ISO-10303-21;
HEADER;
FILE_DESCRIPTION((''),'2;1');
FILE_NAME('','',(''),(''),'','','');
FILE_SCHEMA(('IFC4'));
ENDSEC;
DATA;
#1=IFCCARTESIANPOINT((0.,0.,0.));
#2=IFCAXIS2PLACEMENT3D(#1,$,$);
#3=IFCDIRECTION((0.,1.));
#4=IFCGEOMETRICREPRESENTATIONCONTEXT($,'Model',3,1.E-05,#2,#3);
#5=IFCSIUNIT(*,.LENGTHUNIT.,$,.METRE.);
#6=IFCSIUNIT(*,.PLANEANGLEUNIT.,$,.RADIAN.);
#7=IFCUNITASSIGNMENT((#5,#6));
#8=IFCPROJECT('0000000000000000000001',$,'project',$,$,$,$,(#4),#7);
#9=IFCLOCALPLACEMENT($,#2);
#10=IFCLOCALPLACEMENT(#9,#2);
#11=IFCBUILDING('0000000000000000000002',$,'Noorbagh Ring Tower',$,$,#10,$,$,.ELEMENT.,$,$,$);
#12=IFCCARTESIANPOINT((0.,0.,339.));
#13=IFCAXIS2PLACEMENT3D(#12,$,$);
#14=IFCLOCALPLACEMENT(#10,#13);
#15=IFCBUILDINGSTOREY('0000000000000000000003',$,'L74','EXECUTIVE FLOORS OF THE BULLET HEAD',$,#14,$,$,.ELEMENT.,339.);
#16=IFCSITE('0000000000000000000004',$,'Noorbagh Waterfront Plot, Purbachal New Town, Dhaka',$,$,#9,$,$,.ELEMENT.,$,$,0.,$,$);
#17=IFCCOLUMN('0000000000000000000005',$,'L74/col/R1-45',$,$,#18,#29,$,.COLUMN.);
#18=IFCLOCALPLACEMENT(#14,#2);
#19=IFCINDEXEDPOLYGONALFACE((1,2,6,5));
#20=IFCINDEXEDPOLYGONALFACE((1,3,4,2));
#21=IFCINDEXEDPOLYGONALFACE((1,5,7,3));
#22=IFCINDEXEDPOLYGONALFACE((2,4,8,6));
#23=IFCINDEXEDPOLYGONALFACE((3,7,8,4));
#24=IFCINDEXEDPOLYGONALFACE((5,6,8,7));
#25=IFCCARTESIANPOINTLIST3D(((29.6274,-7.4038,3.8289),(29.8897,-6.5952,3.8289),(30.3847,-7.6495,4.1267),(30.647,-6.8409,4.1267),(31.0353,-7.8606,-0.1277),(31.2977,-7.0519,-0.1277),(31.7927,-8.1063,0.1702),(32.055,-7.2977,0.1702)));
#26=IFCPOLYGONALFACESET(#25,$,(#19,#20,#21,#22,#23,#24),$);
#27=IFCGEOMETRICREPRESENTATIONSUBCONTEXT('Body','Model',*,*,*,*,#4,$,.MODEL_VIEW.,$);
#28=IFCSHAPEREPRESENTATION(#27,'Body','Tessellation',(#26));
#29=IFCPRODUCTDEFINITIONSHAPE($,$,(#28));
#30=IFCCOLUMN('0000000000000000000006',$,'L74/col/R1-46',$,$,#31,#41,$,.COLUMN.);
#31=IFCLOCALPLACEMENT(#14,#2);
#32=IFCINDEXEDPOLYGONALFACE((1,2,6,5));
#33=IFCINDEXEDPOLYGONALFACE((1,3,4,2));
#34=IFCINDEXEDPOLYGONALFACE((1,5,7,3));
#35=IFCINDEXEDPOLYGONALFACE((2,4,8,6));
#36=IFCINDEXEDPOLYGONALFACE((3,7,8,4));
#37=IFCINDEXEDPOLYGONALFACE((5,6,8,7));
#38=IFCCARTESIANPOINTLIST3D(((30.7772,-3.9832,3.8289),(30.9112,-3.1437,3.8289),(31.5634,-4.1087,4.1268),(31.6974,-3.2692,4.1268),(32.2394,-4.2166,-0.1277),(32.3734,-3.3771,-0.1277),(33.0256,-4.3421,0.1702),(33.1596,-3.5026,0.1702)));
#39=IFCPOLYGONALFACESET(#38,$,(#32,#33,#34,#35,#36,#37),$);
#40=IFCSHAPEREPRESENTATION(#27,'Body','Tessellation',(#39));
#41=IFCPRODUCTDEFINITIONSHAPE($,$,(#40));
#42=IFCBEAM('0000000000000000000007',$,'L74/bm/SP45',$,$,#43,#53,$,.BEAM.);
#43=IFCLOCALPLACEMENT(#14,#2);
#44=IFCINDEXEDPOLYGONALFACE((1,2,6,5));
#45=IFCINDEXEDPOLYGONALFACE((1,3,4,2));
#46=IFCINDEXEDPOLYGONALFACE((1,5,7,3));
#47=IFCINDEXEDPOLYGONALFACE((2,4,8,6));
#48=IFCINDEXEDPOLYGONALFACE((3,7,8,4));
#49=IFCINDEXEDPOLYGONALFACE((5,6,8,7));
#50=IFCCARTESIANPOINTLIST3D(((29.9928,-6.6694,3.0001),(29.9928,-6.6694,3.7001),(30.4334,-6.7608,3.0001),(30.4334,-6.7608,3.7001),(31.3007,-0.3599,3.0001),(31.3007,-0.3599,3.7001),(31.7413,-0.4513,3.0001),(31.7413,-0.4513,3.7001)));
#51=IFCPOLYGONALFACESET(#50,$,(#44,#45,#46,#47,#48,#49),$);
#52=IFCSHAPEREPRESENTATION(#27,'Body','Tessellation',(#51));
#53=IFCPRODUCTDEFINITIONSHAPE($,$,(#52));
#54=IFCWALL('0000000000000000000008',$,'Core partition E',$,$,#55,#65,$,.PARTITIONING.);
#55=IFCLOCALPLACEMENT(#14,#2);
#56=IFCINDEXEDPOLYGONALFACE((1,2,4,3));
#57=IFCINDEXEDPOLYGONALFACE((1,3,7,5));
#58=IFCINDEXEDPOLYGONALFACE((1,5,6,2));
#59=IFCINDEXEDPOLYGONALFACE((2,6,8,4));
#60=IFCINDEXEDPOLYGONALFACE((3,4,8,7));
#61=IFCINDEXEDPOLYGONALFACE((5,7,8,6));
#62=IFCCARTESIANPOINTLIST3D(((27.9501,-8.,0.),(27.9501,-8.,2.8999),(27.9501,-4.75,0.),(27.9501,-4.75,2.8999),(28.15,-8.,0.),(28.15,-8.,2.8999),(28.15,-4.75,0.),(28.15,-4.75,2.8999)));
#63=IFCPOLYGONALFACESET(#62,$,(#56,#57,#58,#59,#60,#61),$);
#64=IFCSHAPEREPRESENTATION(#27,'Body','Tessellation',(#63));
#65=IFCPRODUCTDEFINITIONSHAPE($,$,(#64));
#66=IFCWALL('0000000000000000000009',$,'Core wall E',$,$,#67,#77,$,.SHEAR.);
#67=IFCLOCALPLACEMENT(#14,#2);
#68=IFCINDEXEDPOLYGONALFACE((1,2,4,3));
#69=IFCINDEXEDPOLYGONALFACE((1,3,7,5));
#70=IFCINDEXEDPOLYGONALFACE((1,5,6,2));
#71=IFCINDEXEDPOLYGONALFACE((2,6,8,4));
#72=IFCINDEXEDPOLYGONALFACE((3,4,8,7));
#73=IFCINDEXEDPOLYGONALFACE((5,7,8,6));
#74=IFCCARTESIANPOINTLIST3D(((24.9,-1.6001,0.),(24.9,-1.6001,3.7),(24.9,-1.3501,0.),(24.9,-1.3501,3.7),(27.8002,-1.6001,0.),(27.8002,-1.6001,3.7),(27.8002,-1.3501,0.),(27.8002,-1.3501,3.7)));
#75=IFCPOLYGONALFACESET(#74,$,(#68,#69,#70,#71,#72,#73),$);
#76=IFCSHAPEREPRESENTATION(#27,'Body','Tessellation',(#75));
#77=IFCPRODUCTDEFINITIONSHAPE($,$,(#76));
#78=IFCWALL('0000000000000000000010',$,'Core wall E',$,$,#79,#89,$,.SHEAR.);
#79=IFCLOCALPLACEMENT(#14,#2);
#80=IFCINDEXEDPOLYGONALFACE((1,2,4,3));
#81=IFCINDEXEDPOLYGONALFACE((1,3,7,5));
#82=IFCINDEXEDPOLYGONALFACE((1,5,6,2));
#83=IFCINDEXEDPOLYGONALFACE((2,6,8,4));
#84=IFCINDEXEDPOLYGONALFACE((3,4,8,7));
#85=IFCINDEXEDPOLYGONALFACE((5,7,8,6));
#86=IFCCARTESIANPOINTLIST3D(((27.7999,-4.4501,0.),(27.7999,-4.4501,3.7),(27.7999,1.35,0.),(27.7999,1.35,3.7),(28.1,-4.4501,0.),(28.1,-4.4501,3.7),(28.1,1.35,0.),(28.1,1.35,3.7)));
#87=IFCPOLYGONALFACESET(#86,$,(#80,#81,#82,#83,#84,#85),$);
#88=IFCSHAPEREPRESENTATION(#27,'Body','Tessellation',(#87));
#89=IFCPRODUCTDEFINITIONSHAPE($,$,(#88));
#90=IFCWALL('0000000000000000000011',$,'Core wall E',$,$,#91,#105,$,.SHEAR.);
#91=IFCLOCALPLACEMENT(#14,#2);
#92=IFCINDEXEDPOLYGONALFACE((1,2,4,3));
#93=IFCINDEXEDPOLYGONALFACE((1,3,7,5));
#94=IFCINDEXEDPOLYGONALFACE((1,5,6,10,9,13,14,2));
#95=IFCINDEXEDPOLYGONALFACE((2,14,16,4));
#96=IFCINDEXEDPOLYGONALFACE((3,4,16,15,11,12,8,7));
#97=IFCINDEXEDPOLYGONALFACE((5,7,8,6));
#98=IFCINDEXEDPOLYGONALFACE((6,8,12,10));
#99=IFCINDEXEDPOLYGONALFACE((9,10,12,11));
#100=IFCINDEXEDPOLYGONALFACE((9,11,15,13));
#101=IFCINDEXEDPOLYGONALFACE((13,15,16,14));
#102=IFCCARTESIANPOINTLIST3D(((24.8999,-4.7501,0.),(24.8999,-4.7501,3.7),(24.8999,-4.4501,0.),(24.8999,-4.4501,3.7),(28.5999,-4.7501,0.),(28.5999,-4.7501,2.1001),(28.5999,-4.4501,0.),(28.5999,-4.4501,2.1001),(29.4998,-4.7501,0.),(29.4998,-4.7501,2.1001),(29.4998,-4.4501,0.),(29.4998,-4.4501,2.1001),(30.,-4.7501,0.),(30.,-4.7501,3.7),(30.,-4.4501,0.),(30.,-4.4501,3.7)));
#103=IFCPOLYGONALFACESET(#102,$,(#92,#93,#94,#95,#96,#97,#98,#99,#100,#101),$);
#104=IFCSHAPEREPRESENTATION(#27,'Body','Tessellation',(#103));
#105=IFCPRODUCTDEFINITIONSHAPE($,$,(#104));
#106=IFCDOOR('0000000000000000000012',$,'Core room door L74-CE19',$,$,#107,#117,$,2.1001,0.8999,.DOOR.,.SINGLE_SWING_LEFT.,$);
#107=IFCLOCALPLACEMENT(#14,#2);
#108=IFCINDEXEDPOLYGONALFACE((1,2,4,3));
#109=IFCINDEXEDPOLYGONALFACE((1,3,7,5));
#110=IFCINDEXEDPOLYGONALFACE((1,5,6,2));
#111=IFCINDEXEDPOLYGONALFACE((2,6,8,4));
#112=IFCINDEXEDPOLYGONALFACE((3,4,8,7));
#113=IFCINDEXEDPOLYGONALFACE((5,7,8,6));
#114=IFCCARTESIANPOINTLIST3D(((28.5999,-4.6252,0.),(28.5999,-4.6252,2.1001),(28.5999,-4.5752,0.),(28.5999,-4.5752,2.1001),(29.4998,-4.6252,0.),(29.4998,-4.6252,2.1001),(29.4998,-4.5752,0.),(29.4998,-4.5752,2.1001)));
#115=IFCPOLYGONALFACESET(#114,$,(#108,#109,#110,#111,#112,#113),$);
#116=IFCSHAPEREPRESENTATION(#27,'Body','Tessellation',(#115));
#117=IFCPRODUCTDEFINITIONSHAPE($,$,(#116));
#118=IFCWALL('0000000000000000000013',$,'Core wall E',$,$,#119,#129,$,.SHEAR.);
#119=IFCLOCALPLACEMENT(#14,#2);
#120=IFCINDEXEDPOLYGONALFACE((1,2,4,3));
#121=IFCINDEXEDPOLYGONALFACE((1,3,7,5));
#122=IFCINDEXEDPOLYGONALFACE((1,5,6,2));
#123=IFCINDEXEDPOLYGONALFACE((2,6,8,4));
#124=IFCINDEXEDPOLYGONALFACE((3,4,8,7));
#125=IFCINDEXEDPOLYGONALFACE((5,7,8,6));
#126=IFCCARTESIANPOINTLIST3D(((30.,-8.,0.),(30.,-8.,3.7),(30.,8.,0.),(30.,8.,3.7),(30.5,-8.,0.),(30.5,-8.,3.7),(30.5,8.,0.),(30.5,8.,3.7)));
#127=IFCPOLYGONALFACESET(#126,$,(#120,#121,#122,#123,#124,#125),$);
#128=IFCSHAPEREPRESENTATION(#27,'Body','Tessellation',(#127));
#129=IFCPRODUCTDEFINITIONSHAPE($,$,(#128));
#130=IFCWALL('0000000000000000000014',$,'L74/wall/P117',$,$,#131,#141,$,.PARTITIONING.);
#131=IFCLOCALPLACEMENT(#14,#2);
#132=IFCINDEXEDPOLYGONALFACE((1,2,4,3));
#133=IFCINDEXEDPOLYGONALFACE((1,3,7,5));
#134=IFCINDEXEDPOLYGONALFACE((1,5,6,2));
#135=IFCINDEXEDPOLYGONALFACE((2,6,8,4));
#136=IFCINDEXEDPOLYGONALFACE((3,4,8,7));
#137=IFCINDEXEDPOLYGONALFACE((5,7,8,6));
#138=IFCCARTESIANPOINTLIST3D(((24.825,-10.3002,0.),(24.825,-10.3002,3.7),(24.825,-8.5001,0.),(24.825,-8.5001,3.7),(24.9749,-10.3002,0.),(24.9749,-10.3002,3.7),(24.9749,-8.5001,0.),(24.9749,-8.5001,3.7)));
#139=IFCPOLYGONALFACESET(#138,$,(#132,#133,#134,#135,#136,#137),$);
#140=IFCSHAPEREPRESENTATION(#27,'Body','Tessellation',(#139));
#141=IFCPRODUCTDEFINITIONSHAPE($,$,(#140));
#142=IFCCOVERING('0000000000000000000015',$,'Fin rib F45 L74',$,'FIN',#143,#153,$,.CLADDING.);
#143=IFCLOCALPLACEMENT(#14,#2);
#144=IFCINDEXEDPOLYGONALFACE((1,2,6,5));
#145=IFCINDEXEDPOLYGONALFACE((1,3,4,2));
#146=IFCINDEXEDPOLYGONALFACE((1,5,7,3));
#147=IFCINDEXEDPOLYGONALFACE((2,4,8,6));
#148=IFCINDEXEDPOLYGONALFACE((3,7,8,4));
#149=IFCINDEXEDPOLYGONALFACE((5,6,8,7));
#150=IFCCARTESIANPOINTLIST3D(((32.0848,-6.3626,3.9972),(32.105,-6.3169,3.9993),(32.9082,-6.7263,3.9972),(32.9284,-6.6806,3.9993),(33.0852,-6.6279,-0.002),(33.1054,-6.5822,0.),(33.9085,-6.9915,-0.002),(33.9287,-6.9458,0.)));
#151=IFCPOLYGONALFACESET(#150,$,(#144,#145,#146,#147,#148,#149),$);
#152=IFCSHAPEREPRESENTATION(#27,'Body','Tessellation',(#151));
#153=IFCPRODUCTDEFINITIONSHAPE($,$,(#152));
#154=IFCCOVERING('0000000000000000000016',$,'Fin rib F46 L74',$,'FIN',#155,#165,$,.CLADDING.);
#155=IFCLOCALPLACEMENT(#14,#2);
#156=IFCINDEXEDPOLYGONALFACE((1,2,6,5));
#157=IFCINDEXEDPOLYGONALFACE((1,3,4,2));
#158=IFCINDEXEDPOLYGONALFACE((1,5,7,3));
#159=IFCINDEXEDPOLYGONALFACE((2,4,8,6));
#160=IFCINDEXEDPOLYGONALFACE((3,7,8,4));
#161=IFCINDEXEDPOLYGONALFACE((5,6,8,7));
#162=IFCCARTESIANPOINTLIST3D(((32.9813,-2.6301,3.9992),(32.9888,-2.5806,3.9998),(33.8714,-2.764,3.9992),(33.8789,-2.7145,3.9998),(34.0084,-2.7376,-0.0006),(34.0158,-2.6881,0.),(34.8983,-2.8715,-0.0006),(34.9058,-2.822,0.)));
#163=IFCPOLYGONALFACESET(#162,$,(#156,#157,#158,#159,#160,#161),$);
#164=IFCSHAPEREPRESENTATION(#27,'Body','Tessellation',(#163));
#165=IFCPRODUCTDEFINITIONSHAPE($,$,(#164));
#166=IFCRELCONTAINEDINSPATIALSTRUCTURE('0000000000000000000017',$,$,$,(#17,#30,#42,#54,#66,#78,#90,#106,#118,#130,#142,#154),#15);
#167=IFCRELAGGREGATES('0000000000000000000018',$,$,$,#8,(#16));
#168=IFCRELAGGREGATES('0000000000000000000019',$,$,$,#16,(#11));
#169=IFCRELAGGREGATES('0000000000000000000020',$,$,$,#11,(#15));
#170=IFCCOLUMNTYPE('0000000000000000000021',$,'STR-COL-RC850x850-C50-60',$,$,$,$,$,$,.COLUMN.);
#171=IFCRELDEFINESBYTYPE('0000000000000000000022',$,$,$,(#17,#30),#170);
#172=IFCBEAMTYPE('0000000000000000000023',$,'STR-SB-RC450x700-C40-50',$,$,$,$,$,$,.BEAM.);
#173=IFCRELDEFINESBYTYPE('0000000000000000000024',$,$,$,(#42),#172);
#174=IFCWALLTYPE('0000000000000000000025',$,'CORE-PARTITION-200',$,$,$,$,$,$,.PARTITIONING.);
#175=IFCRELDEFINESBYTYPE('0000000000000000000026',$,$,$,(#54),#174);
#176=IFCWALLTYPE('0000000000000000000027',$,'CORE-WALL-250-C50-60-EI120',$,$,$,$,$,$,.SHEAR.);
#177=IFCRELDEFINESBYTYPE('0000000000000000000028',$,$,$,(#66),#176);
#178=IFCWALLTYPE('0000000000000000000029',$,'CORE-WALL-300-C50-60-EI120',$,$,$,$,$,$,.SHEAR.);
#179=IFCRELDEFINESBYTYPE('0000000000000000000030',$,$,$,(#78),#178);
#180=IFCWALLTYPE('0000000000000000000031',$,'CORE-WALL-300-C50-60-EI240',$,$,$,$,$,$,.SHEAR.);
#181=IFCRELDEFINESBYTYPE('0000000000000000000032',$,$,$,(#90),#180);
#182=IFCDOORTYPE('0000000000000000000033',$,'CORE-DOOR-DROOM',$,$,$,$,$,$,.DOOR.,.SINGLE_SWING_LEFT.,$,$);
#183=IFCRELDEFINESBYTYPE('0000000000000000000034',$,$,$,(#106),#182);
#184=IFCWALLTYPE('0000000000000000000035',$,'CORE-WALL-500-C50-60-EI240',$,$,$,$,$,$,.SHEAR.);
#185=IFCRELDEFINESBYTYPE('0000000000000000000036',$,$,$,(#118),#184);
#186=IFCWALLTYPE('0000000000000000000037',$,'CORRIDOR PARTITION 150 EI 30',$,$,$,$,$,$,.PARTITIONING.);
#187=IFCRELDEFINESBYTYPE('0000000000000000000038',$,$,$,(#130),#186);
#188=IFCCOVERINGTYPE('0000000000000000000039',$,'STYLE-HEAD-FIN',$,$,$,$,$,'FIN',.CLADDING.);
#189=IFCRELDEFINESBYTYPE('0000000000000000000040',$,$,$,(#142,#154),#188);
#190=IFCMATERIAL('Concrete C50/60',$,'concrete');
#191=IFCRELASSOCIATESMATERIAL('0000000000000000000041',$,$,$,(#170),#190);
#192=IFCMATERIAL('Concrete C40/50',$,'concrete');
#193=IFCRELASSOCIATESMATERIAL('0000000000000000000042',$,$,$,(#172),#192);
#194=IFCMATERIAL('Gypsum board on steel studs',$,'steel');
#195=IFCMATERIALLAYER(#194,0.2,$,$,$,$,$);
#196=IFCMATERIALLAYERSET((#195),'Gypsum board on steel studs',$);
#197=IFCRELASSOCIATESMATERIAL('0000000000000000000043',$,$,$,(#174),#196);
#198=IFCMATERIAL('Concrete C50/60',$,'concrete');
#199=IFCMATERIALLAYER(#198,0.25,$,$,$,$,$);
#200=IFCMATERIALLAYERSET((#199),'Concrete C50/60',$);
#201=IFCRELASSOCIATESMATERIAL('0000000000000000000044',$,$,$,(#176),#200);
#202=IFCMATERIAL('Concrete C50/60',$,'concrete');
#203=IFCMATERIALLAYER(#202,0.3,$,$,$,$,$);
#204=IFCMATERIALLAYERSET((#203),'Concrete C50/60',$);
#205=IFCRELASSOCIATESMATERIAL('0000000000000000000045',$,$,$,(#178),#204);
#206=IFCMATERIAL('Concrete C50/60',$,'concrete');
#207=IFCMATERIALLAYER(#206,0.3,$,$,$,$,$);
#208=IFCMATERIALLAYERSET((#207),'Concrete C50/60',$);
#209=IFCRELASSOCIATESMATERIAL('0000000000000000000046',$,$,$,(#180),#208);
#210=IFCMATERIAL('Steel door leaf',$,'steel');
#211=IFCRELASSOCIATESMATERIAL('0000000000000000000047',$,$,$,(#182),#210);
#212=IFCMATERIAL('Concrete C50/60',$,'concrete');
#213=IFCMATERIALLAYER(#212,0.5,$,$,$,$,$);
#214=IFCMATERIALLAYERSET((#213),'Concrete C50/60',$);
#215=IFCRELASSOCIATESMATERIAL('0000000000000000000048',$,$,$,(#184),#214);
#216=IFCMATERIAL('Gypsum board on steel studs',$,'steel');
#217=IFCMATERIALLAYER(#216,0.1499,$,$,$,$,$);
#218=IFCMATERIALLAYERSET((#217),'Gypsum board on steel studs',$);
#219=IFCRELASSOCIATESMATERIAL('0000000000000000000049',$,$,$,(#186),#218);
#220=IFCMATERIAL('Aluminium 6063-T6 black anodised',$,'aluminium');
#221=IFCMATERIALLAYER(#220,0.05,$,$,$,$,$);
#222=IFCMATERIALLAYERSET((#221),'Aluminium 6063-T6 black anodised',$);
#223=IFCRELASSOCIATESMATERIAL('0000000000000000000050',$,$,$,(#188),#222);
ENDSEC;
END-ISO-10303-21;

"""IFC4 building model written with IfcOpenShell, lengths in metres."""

from ifc_helpers import new_model, si_unit, direction, frame, frame_2d, origin, origin_2d, place, context, subcontext, project, spatial, polyline, rectangle, outline, extrude, material, layer, layer_set, material_profile, profile_set, type_object, element, fill, save


model = new_model("IFC4")

# Units and contexts
model_context = context("Model", 3, precision=1e-05, world=origin(), true_north=direction((0.0, 1.0)))
body_context = subcontext(model_context, "Body", "Model", "MODEL_VIEW")
ifc_project = project(units=[si_unit("LENGTHUNIT", "METRE"), si_unit("PLANEANGLEUNIT", "RADIAN")], contexts=[model_context])

# Site, building, storey
site_placement = place(None, origin())
site = spatial("IfcSite", under=ifc_project, at=site_placement, Name="Noorbagh Waterfront Plot, Purbachal New Town, Dhaka", CompositionType="ELEMENT", RefElevation=0.0)
building_placement = place(site_placement, origin())
building = spatial("IfcBuilding", under=site, at=building_placement, Name="Noorbagh Ring Tower", CompositionType="ELEMENT")
storey_placement = place(building_placement, frame((0.0, 0.0, 339.0)))
storey = spatial("IfcBuildingStorey", under=building, at=storey_placement, Name="L74", Description="EXECUTIVE FLOORS OF THE BULLET HEAD", CompositionType="ELEMENT", Elevation=339.0)

# Columns
ifc_material_1 = material(Name="Concrete C50/60", Category="concrete")
ifc_material_profile_1 = material_profile(ifc_material_1, rectangle(XDim=0.8501, YDim=0.8501, at=origin_2d()), Name="RC850x850")
ifc_profile_set_1 = profile_set([ifc_material_profile_1], Name="Concrete C50/60")
column_type = type_object("IfcColumnType", Name="STR-COL-RC850x850-C50-60", PredefinedType="COLUMN", material=ifc_profile_set_1)
column_1_placement = place(storey_placement, frame((31.5452, -7.5791, 0.0212), z_axis=(-0.333295, 0.108132, 0.936601), x_axis=(-0.308597, -0.951193, 0.0)))
element("IfcColumn", 1, at=column_1_placement, inside=storey, type_object=column_type, Name="L74/col/R1-45", PredefinedType="COLUMN", context=body_context, shape_type="SweptSolid", body=[
    extrude(rectangle(XDim=0.8501, YDim=0.8501, at=origin_2d()), origin(), (0.0, 0.0, 1.0), 4.2244),
])
column_2_placement = place(storey_placement, frame((32.6995, -3.8596, 0.0212), z_axis=(-0.346112, 0.055248, 0.936565), x_axis=(-0.15763, -0.987498, 0.0)))
element("IfcColumn", 2, at=column_2_placement, inside=storey, type_object=column_type, Name="L74/col/R1-46", PredefinedType="COLUMN", context=body_context, shape_type="SweptSolid", body=[
    extrude(rectangle(XDim=0.8501, YDim=0.8501, at=origin_2d()), origin(), (0.0, 0.0, 1.0), 4.2246),
])

# Beam
ifc_material_2 = material(Name="Concrete C40/50", Category="concrete")
ifc_material_profile_2 = material_profile(ifc_material_2, rectangle(XDim=0.45, YDim=0.7, at=origin_2d()), Name="RC450x700")
ifc_profile_set_2 = profile_set([ifc_material_profile_2], Name="Concrete C40/50")
beam_type = type_object("IfcBeamType", Name="STR-SB-RC450x700-C40-50", PredefinedType="BEAM", material=ifc_profile_set_2)
beam_placement = place(storey_placement, frame((30.2131, -6.7151, 3.3501), z_axis=(0.202968, 0.979185, 0.0), x_axis=(-0.979185, 0.202968, 0.0)))
element("IfcBeam", 3, at=beam_placement, inside=storey, type_object=beam_type, Name="L74/bm/SP45", PredefinedType="BEAM", context=body_context, shape_type="SweptSolid", body=[
    extrude(rectangle(XDim=0.45, YDim=0.7, at=origin_2d()), origin(), (0.0, 0.0, 1.0), 6.4436),
])

# Walls
ifc_material_3 = material(Name="Gypsum board on steel studs", Category="steel")
ifc_layer_1 = layer(ifc_material_3, 0.2)
ifc_layer_set_1 = layer_set([ifc_layer_1], Name="Gypsum board on steel studs")
wall_type_1 = type_object("IfcWallType", Name="CORE-PARTITION-200", PredefinedType="PARTITIONING", material=ifc_layer_set_1)
wall_1_placement = place(storey_placement, frame((28.05, -8.0, 0.0), z_axis=(0.0, 0.0, 1.0), x_axis=(0.0, 1.0, 0.0)))
element("IfcWall", 4, at=wall_1_placement, inside=storey, type_object=wall_type_1, Name="Core partition E", PredefinedType="PARTITIONING", context=body_context, shape_type="SweptSolid", body=[
    extrude(rectangle(XDim=3.25, YDim=0.2, at=frame_2d((1.625, 0.0))), origin(), (0.0, 0.0, 1.0), 2.8999),
])
ifc_material_4 = material(Name="Concrete C50/60", Category="concrete")
ifc_layer_2 = layer(ifc_material_4, 0.25)
ifc_layer_set_2 = layer_set([ifc_layer_2], Name="Concrete C50/60")
wall_type_2 = type_object("IfcWallType", Name="CORE-WALL-250-C50-60-EI120", PredefinedType="SHEAR", material=ifc_layer_set_2)
wall_2_placement = place(storey_placement, frame((24.8999, -1.4751, 0.0), z_axis=(0.0, 0.0, 1.0), x_axis=(1.0, 0.0, 0.0)))
element("IfcWall", 5, at=wall_2_placement, inside=storey, type_object=wall_type_2, Name="Core wall E", PredefinedType="SHEAR", context=body_context, shape_type="SweptSolid", body=[
    extrude(rectangle(XDim=2.9001, YDim=0.25, at=frame_2d((1.4502, 0.0))), origin(), (0.0, 0.0, 1.0), 3.7),
])
ifc_material_5 = material(Name="Concrete C50/60", Category="concrete")
ifc_layer_3 = layer(ifc_material_5, 0.3)
ifc_layer_set_3 = layer_set([ifc_layer_3], Name="Concrete C50/60")
wall_type_3 = type_object("IfcWallType", Name="CORE-WALL-300-C50-60-EI120", PredefinedType="SHEAR", material=ifc_layer_set_3)
wall_3_placement = place(storey_placement, frame((27.95, -4.45, 0.0), z_axis=(0.0, 0.0, 1.0), x_axis=(0.0, 1.0, 0.0)))
element("IfcWall", 6, at=wall_3_placement, inside=storey, type_object=wall_type_3, Name="Core wall E", PredefinedType="SHEAR", context=body_context, shape_type="SweptSolid", body=[
    extrude(rectangle(XDim=5.8, YDim=0.3, at=frame_2d((2.8999, 0.0))), origin(), (0.0, 0.0, 1.0), 3.7),
])

# Wall, opening, door
ifc_material_6 = material(Name="Concrete C50/60", Category="concrete")
ifc_layer_4 = layer(ifc_material_6, 0.3)
ifc_layer_set_4 = layer_set([ifc_layer_4], Name="Concrete C50/60")
wall_type_4 = type_object("IfcWallType", Name="CORE-WALL-300-C50-60-EI240", PredefinedType="SHEAR", material=ifc_layer_set_4)
wall_4_placement = place(storey_placement, frame((24.8999, -4.6001, 0.0), z_axis=(0.0, 0.0, 1.0), x_axis=(1.0, 0.0, 0.0)))
wall_4 = element("IfcWall", 7, at=wall_4_placement, inside=storey, type_object=wall_type_4, Name="Core wall E", PredefinedType="SHEAR", context=body_context, shape_type="SweptSolid", body=[
    extrude(rectangle(XDim=5.1001, YDim=0.3, at=frame_2d((2.55, 0.0))), origin(), (0.0, 0.0, 1.0), 3.7),
])
opening_placement = place(wall_4_placement, frame((3.7, 0.0, 0.0)))
opening = element("IfcOpeningElement", 8, at=opening_placement, cuts=wall_4, PredefinedType="OPENING", context=body_context, shape_type="SweptSolid", body=[
    extrude(rectangle(XDim=0.8999, YDim=2.1001, at=frame_2d((0.45, 1.05))), frame((0.0, 0.1602, 0.0), z_axis=(0.0, -1.0, 0.0), x_axis=(1.0, 0.0, 0.0)), (0.0, 0.0, 1.0), 0.3201),
])
ifc_material_7 = material(Name="Steel door leaf", Category="steel")
door_type = type_object("IfcDoorType", Name="CORE-DOOR-DROOM", OperationType="SINGLE_SWING_LEFT", PredefinedType="DOOR", material=ifc_material_7)
door_placement = place(opening_placement, origin())
door = element("IfcDoor", 9, at=door_placement, inside=storey, type_object=door_type, Name="Core room door L74-CE19", OperationType="SINGLE_SWING_LEFT", OverallHeight=2.1001, OverallWidth=0.8999, PredefinedType="DOOR", context=body_context, shape_type="SweptSolid", body=[
    extrude(rectangle(XDim=0.8999, YDim=2.1001, at=frame_2d((0.45, 1.05))), frame((0.0, 0.0249, 0.0), z_axis=(0.0, -1.0, 0.0), x_axis=(1.0, 0.0, 0.0)), (0.0, 0.0, 1.0), 0.05),
])
fill(opening, door)

# Walls
ifc_material_8 = material(Name="Concrete C50/60", Category="concrete")
ifc_layer_5 = layer(ifc_material_8, 0.5)
ifc_layer_set_5 = layer_set([ifc_layer_5], Name="Concrete C50/60")
wall_type_5 = type_object("IfcWallType", Name="CORE-WALL-500-C50-60-EI240", PredefinedType="SHEAR", material=ifc_layer_set_5)
wall_5_placement = place(storey_placement, frame((30.25, -8.0, 0.0), z_axis=(0.0, 0.0, 1.0), x_axis=(0.0, 1.0, 0.0)))
element("IfcWall", 10, at=wall_5_placement, inside=storey, type_object=wall_type_5, Name="Core wall E", PredefinedType="SHEAR", context=body_context, shape_type="SweptSolid", body=[
    extrude(rectangle(XDim=16.0, YDim=0.5, at=frame_2d((8.0, 0.0))), origin(), (0.0, 0.0, 1.0), 3.7),
])
ifc_material_9 = material(Name="Gypsum board on steel studs", Category="steel")
ifc_layer_6 = layer(ifc_material_9, 0.1499)
ifc_layer_set_6 = layer_set([ifc_layer_6], Name="Gypsum board on steel studs")
wall_type_6 = type_object("IfcWallType", Name="CORRIDOR PARTITION 150 EI 30", PredefinedType="PARTITIONING", material=ifc_layer_set_6)
wall_6_placement = place(storey_placement, frame((24.8999, -10.3, 0.0), z_axis=(0.0, 0.0, 1.0), x_axis=(0.0, 1.0, 0.0)))
element("IfcWall", 11, at=wall_6_placement, inside=storey, type_object=wall_type_6, Name="L74/wall/P117", PredefinedType="PARTITIONING", context=body_context, shape_type="SweptSolid", body=[
    extrude(rectangle(XDim=1.8, YDim=0.1499, at=frame_2d((0.8999, 0.0))), origin(), (0.0, 0.0, 1.0), 3.7),
])

# Coverings
ifc_material_10 = material(Name="Aluminium 6063-T6 black anodised", Category="aluminium")
ifc_layer_7 = layer(ifc_material_10, 0.05)
ifc_layer_set_7 = layer_set([ifc_layer_7], Name="Aluminium 6063-T6 black anodised")
covering_type_1 = type_object("IfcCoveringType", Name="STYLE-HEAD-FIN", ElementType="FIN", PredefinedType="CLADDING", material=ifc_layer_set_7)
covering_1_placement = place(storey_placement, frame((33.9287, -6.9458, 0.0), z_axis=(0.403682, 0.914009, 0.040353), x_axis=(-0.242148, 0.064206, 0.968113)))
element("IfcCovering", 12, at=covering_1_placement, inside=storey, type_object=covering_type_1, Name="Fin rib F45 L74", ObjectType="FIN", PredefinedType="CLADDING", context=body_context, shape_type="SweptSolid", body=[
    extrude(outline(polyline([(0.0, 0.0), (4.131, 0.0), (4.3537, -0.8722), (0.2227, -0.872), (0.0, 0.0)])), origin(), (0.0, 0.0, -1.0), 0.05),
])
covering_2_placement = place(storey_placement, frame((34.9058, -2.822, 0.0), z_axis=(0.148775, 0.988803, 0.011613), x_axis=(-0.248586, 0.026031, 0.96826)))
element("IfcCovering", 13, at=covering_2_placement, inside=storey, type_object=covering_type_1, Name="Fin rib F46 L74", ObjectType="FIN", PredefinedType="CLADDING", context=body_context, shape_type="SweptSolid", body=[
    extrude(outline(polyline([(0.0, 0.0), (4.1309, 0.0), (4.3556, -0.8716), (0.2247, -0.8714), (0.0, 0.0)])), origin(), (0.0, 0.0, -1.0), 0.05),
])

save(model, "model.ifc")
